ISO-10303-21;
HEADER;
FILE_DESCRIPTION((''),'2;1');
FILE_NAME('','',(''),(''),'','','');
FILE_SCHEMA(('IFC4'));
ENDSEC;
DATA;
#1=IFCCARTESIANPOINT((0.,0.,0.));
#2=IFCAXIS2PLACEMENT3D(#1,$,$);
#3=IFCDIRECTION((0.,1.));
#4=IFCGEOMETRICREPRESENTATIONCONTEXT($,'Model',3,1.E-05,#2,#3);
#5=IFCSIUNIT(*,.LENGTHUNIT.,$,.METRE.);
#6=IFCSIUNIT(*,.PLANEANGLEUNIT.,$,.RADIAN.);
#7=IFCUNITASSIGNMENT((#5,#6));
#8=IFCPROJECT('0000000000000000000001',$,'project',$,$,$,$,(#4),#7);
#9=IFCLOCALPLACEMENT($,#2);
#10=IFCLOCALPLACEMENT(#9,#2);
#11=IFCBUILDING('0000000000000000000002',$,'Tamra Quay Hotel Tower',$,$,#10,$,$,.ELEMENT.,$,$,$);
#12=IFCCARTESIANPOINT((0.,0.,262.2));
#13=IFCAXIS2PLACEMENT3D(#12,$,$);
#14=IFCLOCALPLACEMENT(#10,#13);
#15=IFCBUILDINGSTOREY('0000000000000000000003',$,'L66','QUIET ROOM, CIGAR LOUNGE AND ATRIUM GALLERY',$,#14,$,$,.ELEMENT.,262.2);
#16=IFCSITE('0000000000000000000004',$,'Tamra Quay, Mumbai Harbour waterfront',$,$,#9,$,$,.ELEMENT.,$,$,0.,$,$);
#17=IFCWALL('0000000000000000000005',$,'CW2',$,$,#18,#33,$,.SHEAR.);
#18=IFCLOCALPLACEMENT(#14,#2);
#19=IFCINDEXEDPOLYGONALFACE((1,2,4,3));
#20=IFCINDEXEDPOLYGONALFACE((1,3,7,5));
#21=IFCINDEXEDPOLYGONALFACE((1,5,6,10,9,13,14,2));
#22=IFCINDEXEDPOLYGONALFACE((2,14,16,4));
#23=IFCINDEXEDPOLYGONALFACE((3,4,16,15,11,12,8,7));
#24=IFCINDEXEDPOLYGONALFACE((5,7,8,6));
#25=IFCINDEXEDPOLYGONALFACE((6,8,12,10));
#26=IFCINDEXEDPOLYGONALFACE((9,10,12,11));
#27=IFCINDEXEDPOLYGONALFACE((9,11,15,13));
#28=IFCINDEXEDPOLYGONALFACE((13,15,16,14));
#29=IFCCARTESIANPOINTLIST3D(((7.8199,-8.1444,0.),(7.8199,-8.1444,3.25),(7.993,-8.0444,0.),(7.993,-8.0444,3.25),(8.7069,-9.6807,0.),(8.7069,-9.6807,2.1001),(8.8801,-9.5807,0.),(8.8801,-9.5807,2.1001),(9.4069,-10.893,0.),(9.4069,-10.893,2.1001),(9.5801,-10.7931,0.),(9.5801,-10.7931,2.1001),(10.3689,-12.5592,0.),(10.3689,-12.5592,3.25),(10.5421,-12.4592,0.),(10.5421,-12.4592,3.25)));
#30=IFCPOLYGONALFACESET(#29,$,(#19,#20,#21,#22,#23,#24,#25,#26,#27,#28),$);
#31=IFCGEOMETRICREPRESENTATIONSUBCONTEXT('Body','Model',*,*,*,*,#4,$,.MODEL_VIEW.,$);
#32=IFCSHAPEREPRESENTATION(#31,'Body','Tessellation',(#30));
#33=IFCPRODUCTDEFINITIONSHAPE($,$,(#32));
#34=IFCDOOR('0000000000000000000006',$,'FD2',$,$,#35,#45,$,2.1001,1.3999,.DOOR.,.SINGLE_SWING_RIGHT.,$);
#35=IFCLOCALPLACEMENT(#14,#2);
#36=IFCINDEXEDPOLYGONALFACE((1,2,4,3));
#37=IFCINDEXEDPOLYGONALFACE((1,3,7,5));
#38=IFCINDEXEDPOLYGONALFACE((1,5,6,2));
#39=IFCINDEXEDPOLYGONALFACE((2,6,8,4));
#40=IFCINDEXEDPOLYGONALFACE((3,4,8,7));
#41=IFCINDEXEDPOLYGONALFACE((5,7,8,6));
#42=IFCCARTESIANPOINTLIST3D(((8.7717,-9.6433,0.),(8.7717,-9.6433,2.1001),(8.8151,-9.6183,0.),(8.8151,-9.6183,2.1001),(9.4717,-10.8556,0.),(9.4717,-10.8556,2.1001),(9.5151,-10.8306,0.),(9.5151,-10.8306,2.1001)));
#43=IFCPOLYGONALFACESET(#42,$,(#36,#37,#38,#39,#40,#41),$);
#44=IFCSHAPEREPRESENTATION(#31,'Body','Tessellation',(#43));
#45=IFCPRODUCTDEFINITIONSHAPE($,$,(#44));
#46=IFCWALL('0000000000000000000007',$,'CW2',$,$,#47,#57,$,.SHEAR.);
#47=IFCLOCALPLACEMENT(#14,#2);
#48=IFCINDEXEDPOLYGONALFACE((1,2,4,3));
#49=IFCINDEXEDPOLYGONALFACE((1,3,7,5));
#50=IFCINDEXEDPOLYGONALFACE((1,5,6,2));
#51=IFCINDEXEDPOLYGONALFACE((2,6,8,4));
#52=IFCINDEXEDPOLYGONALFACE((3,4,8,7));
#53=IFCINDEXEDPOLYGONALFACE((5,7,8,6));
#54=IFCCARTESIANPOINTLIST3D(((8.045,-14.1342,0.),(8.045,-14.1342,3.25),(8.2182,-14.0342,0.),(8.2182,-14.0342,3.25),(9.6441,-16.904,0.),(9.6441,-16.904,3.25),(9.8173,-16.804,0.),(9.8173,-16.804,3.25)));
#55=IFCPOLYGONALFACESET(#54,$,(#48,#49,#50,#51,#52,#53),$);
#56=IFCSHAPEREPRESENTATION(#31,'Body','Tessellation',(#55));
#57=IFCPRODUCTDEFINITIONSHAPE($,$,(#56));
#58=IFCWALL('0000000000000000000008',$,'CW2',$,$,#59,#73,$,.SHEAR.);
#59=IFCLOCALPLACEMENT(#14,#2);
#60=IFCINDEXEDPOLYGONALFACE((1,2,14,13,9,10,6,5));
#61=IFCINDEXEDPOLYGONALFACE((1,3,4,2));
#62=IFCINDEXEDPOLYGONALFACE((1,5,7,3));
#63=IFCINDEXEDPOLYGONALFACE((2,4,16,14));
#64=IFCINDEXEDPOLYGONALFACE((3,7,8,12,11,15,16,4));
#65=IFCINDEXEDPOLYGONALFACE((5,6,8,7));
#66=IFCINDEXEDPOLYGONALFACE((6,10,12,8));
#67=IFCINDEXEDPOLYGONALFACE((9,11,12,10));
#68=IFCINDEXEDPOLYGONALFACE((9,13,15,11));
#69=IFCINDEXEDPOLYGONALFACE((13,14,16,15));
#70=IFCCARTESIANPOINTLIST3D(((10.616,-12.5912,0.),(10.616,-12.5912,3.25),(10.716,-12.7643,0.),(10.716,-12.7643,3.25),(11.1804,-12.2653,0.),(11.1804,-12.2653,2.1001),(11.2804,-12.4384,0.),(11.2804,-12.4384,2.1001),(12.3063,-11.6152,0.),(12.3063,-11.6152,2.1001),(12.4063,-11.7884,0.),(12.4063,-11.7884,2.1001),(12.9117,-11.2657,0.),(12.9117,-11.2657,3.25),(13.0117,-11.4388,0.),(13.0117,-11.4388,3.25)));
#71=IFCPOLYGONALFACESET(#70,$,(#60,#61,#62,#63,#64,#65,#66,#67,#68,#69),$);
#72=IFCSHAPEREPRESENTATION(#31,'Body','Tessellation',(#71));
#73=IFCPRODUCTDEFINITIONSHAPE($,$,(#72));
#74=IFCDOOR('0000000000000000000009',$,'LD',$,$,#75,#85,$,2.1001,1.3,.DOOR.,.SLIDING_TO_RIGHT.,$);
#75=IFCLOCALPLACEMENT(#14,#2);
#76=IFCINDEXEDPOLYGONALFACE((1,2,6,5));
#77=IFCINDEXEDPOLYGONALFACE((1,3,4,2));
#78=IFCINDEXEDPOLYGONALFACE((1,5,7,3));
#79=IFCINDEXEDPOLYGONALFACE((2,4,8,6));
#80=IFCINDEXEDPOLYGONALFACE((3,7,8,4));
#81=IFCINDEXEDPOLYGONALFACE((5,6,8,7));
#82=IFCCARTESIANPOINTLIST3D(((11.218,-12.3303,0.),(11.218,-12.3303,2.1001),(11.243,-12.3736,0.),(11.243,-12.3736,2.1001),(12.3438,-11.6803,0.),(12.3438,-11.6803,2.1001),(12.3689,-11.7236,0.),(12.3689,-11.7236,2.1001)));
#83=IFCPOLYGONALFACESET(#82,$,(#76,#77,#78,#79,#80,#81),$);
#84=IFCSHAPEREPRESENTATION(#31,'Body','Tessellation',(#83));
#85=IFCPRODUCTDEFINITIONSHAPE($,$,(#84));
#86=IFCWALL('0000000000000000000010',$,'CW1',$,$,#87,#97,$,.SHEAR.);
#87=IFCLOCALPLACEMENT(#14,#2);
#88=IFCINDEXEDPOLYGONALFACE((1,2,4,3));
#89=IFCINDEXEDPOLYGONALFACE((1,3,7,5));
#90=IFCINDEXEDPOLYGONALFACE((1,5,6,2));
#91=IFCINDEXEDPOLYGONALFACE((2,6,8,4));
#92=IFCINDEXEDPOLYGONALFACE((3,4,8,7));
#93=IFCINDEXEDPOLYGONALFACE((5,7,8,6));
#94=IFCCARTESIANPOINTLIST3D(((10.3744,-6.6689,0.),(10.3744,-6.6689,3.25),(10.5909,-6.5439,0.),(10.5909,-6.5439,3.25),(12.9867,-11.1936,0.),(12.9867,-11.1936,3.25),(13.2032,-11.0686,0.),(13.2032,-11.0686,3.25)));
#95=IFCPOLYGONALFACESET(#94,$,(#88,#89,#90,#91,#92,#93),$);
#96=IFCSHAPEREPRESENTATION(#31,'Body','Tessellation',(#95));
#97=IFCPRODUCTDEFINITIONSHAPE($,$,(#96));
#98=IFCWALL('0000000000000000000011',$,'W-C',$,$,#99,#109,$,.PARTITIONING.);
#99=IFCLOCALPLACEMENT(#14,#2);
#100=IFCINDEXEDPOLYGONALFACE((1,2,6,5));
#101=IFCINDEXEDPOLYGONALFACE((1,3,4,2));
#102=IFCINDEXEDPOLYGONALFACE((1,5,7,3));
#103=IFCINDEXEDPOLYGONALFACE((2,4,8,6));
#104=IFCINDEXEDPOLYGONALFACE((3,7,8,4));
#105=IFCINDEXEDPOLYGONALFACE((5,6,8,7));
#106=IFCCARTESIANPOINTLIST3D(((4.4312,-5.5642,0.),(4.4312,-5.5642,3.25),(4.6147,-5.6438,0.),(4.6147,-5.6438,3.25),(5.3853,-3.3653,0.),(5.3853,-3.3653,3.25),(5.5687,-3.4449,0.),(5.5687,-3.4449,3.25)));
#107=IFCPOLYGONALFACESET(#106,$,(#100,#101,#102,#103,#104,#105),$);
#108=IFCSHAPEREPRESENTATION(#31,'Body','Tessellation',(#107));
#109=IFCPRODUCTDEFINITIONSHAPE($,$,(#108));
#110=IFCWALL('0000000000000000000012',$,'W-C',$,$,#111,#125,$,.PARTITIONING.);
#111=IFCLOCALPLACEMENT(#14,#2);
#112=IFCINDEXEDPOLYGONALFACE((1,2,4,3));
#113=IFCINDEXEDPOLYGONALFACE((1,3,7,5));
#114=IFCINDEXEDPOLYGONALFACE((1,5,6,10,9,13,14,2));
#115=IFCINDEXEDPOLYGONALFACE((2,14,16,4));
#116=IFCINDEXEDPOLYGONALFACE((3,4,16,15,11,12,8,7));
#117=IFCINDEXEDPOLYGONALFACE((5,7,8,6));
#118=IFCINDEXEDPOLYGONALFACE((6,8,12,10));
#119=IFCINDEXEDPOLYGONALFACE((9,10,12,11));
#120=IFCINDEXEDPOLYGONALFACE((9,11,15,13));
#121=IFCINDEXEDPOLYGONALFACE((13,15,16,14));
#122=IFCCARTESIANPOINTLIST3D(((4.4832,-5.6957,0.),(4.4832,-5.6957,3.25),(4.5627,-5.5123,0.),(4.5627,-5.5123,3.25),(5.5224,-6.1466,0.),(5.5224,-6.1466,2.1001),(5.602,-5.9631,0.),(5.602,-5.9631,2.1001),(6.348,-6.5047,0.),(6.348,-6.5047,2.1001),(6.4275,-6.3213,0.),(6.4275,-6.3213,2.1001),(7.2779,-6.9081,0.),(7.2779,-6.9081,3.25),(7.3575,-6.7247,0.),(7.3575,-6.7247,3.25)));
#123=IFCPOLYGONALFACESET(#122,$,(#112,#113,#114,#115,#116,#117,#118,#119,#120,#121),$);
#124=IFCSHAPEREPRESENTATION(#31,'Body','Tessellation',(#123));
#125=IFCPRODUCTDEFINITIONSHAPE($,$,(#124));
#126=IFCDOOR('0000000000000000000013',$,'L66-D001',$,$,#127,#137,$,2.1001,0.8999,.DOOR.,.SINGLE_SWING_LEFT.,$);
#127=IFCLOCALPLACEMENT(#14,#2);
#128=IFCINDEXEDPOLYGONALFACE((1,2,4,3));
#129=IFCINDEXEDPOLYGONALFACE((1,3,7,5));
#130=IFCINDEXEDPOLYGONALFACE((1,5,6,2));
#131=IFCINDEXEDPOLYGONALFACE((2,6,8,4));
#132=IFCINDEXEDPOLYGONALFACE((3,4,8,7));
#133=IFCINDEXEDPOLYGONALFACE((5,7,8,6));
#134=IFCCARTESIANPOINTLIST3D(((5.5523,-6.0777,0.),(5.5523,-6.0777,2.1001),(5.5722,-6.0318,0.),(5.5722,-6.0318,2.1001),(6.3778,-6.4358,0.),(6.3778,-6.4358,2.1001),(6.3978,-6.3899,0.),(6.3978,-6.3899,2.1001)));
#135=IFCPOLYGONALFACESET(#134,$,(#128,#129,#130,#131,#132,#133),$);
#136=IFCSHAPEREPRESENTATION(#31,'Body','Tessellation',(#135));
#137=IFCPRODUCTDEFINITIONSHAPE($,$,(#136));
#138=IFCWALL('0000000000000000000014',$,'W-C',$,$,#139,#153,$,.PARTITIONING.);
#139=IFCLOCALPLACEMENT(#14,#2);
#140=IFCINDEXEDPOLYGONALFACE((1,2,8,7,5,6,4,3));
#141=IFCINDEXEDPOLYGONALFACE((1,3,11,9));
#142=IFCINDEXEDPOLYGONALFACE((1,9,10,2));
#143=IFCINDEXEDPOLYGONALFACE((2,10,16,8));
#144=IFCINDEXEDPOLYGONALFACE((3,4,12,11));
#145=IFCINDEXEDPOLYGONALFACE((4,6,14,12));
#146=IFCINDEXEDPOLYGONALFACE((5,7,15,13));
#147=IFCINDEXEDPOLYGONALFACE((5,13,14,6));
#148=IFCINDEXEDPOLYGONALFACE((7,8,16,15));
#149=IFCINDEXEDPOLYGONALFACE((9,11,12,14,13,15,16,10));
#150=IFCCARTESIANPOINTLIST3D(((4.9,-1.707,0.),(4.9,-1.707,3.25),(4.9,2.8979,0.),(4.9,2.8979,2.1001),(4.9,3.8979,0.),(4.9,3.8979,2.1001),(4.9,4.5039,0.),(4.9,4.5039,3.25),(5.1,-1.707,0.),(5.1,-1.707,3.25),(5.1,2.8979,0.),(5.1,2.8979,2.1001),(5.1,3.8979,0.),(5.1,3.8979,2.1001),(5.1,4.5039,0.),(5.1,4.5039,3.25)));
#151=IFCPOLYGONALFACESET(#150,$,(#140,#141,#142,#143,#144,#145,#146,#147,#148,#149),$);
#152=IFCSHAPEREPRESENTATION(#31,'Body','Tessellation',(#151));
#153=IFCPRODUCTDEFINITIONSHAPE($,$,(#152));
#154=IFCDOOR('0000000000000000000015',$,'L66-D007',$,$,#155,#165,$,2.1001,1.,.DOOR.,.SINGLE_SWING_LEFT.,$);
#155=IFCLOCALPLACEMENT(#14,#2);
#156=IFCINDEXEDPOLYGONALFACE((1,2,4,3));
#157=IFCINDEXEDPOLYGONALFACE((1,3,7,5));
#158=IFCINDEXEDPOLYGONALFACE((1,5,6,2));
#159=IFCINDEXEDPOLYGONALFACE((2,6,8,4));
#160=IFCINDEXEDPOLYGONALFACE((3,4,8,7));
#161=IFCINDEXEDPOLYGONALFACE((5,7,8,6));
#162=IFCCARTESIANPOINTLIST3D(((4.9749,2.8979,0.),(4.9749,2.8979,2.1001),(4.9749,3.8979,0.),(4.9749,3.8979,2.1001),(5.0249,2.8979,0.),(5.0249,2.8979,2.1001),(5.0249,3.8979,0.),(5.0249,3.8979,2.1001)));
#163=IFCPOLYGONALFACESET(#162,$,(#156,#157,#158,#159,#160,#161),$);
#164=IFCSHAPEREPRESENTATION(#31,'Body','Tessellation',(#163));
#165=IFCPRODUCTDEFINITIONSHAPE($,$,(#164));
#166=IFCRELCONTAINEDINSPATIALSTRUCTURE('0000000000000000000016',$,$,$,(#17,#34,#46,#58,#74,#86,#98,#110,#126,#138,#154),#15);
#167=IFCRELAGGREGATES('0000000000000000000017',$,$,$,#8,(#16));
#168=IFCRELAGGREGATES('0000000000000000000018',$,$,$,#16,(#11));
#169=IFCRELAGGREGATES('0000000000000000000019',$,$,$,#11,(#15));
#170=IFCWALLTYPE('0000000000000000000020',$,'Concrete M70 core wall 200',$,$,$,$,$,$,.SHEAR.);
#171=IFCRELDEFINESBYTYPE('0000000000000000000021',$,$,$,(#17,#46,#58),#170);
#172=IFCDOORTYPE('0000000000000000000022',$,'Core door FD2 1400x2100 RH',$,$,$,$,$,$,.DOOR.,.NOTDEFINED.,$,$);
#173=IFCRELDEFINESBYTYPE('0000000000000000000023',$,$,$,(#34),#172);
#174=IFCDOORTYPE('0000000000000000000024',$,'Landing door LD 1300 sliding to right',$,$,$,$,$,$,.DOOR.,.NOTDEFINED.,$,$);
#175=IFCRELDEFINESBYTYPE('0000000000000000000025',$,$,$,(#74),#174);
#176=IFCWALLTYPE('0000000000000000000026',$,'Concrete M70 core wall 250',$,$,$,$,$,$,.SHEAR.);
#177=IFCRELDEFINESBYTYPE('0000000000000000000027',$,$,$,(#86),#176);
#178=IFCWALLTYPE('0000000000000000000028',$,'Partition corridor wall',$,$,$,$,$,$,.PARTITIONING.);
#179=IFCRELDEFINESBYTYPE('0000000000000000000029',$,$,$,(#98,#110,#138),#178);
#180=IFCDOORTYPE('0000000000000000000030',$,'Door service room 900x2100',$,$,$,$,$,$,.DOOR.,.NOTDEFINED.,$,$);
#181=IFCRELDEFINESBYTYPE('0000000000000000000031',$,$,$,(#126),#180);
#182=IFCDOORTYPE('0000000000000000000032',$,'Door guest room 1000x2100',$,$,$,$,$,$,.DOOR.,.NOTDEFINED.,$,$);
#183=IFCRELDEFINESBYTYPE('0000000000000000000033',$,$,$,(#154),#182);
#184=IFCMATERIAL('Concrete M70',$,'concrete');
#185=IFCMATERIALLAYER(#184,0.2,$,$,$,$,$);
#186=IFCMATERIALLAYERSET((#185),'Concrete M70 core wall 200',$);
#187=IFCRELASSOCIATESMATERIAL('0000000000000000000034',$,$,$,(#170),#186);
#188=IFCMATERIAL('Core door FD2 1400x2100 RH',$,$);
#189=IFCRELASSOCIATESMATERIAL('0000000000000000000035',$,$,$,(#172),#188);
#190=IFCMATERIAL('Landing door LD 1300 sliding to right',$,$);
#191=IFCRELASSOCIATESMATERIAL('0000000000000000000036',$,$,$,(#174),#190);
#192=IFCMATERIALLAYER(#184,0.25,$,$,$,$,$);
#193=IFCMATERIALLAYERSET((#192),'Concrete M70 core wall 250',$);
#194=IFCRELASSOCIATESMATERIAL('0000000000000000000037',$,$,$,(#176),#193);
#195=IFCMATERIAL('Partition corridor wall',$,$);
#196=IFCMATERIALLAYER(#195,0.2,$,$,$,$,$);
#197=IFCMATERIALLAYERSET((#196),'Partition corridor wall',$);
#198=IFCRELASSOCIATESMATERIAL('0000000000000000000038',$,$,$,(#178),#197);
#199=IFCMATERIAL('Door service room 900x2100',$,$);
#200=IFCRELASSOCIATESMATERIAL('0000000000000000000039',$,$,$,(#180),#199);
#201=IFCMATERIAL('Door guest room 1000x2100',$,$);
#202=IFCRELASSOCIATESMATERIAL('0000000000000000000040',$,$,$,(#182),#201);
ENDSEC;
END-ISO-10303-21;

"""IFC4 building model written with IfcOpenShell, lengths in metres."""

from ifc_helpers import new_model, si_unit, direction, frame, frame_2d, origin, place, context, subcontext, project, spatial, rectangle, extrude, material, layer, layer_set, type_object, element, fill, save


model = new_model("IFC4")

# Units and contexts
model_context = context("Model", 3, precision=1e-05, world=origin(), true_north=direction((0.0, 1.0)))
body_context = subcontext(model_context, "Body", "Model", "MODEL_VIEW")
ifc_project = project(units=[si_unit("LENGTHUNIT", "METRE"), si_unit("PLANEANGLEUNIT", "RADIAN")], contexts=[model_context])

# Site, building, storey
site_placement = place(None, origin())
site = spatial("IfcSite", under=ifc_project, at=site_placement, Name="Tamra Quay, Mumbai Harbour waterfront", CompositionType="ELEMENT", RefElevation=0.0)
building_placement = place(site_placement, origin())
building = spatial("IfcBuilding", under=site, at=building_placement, Name="Tamra Quay Hotel Tower", CompositionType="ELEMENT")
storey_placement = place(building_placement, frame((0.0, 0.0, 262.2)))
storey = spatial("IfcBuildingStorey", under=building, at=storey_placement, Name="L66", Description="QUIET ROOM, CIGAR LOUNGE AND ATRIUM GALLERY", CompositionType="ELEMENT", Elevation=262.2)

# Wall, opening, door
ifc_material_1 = material(Name="Concrete M70", Category="concrete")
ifc_layer_1 = layer(ifc_material_1, 0.2)
ifc_layer_set_1 = layer_set([ifc_layer_1], Name="Concrete M70 core wall 200")
wall_type_1 = type_object("IfcWallType", Name="Concrete M70 core wall 200", PredefinedType="SHEAR", material=ifc_layer_set_1)
wall_1_placement = place(storey_placement, frame((7.9065, -8.0945, 0.0), z_axis=(0.0, 0.0, 1.0), x_axis=(0.500028, -0.866009, 0.0)))
wall_1 = element("IfcWall", 1, at=wall_1_placement, inside=storey, type_object=wall_type_1, Name="CW2", PredefinedType="SHEAR", context=body_context, shape_type="SweptSolid", body=[
    extrude(rectangle(XDim=5.0979, YDim=0.2, at=frame_2d((2.5488, 0.0))), origin(), (0.0, 0.0, 1.0), 3.25),
])
opening_1_placement = place(wall_1_placement, frame((1.7739, 0.0, 0.0)))
opening_1 = element("IfcOpeningElement", 2, at=opening_1_placement, cuts=wall_1, PredefinedType="OPENING", context=body_context, shape_type="SweptSolid", body=[
    extrude(rectangle(XDim=1.3999, YDim=2.1001, at=frame_2d((0.7, 1.05))), frame((0.0, 0.1099, 0.0), z_axis=(0.0, -1.0, 0.0), x_axis=(1.0, 0.0, 0.0)), (0.0, 0.0, 1.0), 0.22),
])
ifc_material_2 = material(Name="Core door FD2 1400x2100 RH")
door_type_1 = type_object("IfcDoorType", Name="Core door FD2 1400x2100 RH", OperationType="NOTDEFINED", PredefinedType="DOOR", material=ifc_material_2)
door_1_placement = place(opening_1_placement, origin())
door_1 = element("IfcDoor", 3, at=door_1_placement, inside=storey, type_object=door_type_1, Name="FD2", OperationType="SINGLE_SWING_RIGHT", OverallHeight=2.1001, OverallWidth=1.3999, PredefinedType="DOOR", context=body_context, shape_type="SweptSolid", body=[
    extrude(rectangle(XDim=1.3999, YDim=2.1001, at=frame_2d((0.7, 1.05))), frame((0.0, 0.0249, 0.0), z_axis=(0.0, -1.0, 0.0), x_axis=(1.0, 0.0, 0.0)), (0.0, 0.0, 1.0), 0.05),
])
fill(opening_1, door_1)

# Wall
wall_2_placement = place(storey_placement, frame((8.1316, -14.0842, 0.0), z_axis=(0.0, 0.0, 1.0), x_axis=(0.499998, -0.866027, 0.0)))
element("IfcWall", 4, at=wall_2_placement, inside=storey, type_object=wall_type_1, Name="CW2", PredefinedType="SHEAR", context=body_context, shape_type="SweptSolid", body=[
    extrude(rectangle(XDim=3.1982, YDim=0.2, at=frame_2d((1.5991, 0.0))), origin(), (0.0, 0.0, 1.0), 3.25),
])

# Wall, opening, door
wall_3_placement = place(storey_placement, frame((10.666, -12.6777, 0.0), z_axis=(0.0, 0.0, 1.0), x_axis=(0.866018, 0.500012, 0.0)))
wall_3 = element("IfcWall", 5, at=wall_3_placement, inside=storey, type_object=wall_type_1, Name="CW2", PredefinedType="SHEAR", context=body_context, shape_type="SweptSolid", body=[
    extrude(rectangle(XDim=2.6509, YDim=0.2, at=frame_2d((1.3254, 0.0))), origin(), (0.0, 0.0, 1.0), 3.25),
])
opening_2_placement = place(wall_3_placement, frame((0.6519, 0.0, 0.0)))
opening_2 = element("IfcOpeningElement", 6, at=opening_2_placement, cuts=wall_3, PredefinedType="OPENING", context=body_context, shape_type="SweptSolid", body=[
    extrude(rectangle(XDim=1.3, YDim=2.1001, at=frame_2d((0.6499, 1.05))), frame((0.0, 0.1099, 0.0), z_axis=(0.0, -1.0, 0.0), x_axis=(1.0, 0.0, 0.0)), (0.0, 0.0, 1.0), 0.22),
])
ifc_material_3 = material(Name="Landing door LD 1300 sliding to right")
door_type_2 = type_object("IfcDoorType", Name="Landing door LD 1300 sliding to right", OperationType="NOTDEFINED", PredefinedType="DOOR", material=ifc_material_3)
door_2_placement = place(opening_2_placement, origin())
door_2 = element("IfcDoor", 7, at=door_2_placement, inside=storey, type_object=door_type_2, Name="LD", OperationType="SLIDING_TO_RIGHT", OverallHeight=2.1001, OverallWidth=1.3, PredefinedType="DOOR", context=body_context, shape_type="SweptSolid", body=[
    extrude(rectangle(XDim=1.3, YDim=2.1001, at=frame_2d((0.6499, 1.05))), frame((0.0, 0.0249, 0.0), z_axis=(0.0, -1.0, 0.0), x_axis=(1.0, 0.0, 0.0)), (0.0, 0.0, 1.0), 0.05),
])
fill(opening_2, door_2)

# Walls
ifc_layer_2 = layer(ifc_material_1, 0.25)
ifc_layer_set_2 = layer_set([ifc_layer_2], Name="Concrete M70 core wall 250")
wall_type_2 = type_object("IfcWallType", Name="Concrete M70 core wall 250", PredefinedType="SHEAR", material=ifc_layer_set_2)
wall_4_placement = place(storey_placement, frame((10.4827, -6.6064, 0.0), z_axis=(0.0, 0.0, 1.0), x_axis=(0.499999, -0.866026, 0.0)))
element("IfcWall", 8, at=wall_4_placement, inside=storey, type_object=wall_type_2, Name="CW1", PredefinedType="SHEAR", context=body_context, shape_type="SweptSolid", body=[
    extrude(rectangle(XDim=5.2246, YDim=0.25, at=frame_2d((2.6123, 0.0))), origin(), (0.0, 0.0, 1.0), 3.25),
])
ifc_material_4 = material(Name="Partition corridor wall")
ifc_layer_3 = layer(ifc_material_4, 0.2)
ifc_layer_set_3 = layer_set([ifc_layer_3], Name="Partition corridor wall")
wall_type_3 = type_object("IfcWallType", Name="Partition corridor wall", PredefinedType="PARTITIONING", material=ifc_layer_set_3)
wall_5_placement = place(storey_placement, frame((4.5229, -5.604, 0.0), z_axis=(0.0, 0.0, 1.0), x_axis=(0.398033, 0.917371, 0.0)))
element("IfcWall", 9, at=wall_5_placement, inside=storey, type_object=wall_type_3, Name="W-C", PredefinedType="PARTITIONING", context=body_context, shape_type="SweptSolid", body=[
    extrude(rectangle(XDim=2.397, YDim=0.2, at=frame_2d((1.1985, 0.0))), origin(), (0.0, 0.0, 1.0), 3.25),
])

# Walls, openings, doors
wall_6_placement = place(storey_placement, frame((4.5229, -5.604, 0.0), z_axis=(0.0, 0.0, 1.0), x_axis=(0.917391, -0.397987, 0.0)))
wall_6 = element("IfcWall", 10, at=wall_6_placement, inside=storey, type_object=wall_type_3, Name="W-C", PredefinedType="PARTITIONING", context=body_context, shape_type="SweptSolid", body=[
    extrude(rectangle(XDim=3.0464, YDim=0.2, at=frame_2d((1.5232, 0.0))), origin(), (0.0, 0.0, 1.0), 3.25),
])
opening_3_placement = place(wall_6_placement, frame((1.1328, 0.0, 0.0)))
opening_3 = element("IfcOpeningElement", 11, at=opening_3_placement, cuts=wall_6, PredefinedType="OPENING", context=body_context, shape_type="SweptSolid", body=[
    extrude(rectangle(XDim=0.8999, YDim=2.1001, at=frame_2d((0.45, 1.05))), frame((0.0, 0.1099, 0.0), z_axis=(0.0, -1.0, 0.0), x_axis=(1.0, 0.0, 0.0)), (0.0, 0.0, 1.0), 0.22),
])
ifc_material_5 = material(Name="Door service room 900x2100")
door_type_3 = type_object("IfcDoorType", Name="Door service room 900x2100", OperationType="NOTDEFINED", PredefinedType="DOOR", material=ifc_material_5)
door_3_placement = place(opening_3_placement, frame((0.8999, 0.0, 0.0), z_axis=(0.0, 0.0, 1.0), x_axis=(-1.0, 0.0, 0.0)))
door_3 = element("IfcDoor", 12, at=door_3_placement, inside=storey, type_object=door_type_3, Name="L66-D001", OperationType="SINGLE_SWING_LEFT", OverallHeight=2.1001, OverallWidth=0.8999, PredefinedType="DOOR", context=body_context, shape_type="SweptSolid", body=[
    extrude(rectangle(XDim=0.8999, YDim=2.1001, at=frame_2d((0.45, 1.05))), frame((0.0, 0.0249, 0.0), z_axis=(0.0, -1.0, 0.0), x_axis=(1.0, 0.0, 0.0)), (0.0, 0.0, 1.0), 0.05),
])
fill(opening_3, door_3)
wall_7_placement = place(storey_placement, frame((5.0, -1.707, 0.0), z_axis=(0.0, 0.0, 1.0), x_axis=(0.0, 1.0, 0.0)))
wall_7 = element("IfcWall", 13, at=wall_7_placement, inside=storey, type_object=wall_type_3, Name="W-C", PredefinedType="PARTITIONING", context=body_context, shape_type="SweptSolid", body=[
    extrude(rectangle(XDim=6.2109, YDim=0.2, at=frame_2d((3.1055, 0.0))), origin(), (0.0, 0.0, 1.0), 3.25),
])
opening_4_placement = place(wall_7_placement, frame((4.605, 0.0, 0.0)))
opening_4 = element("IfcOpeningElement", 14, at=opening_4_placement, cuts=wall_7, PredefinedType="OPENING", context=body_context, shape_type="SweptSolid", body=[
    extrude(rectangle(XDim=1.0, YDim=2.1001, at=frame_2d((0.5, 1.05))), frame((0.0, 0.1099, 0.0), z_axis=(0.0, -1.0, 0.0), x_axis=(1.0, 0.0, 0.0)), (0.0, 0.0, 1.0), 0.22),
])
ifc_material_6 = material(Name="Door guest room 1000x2100")
door_type_4 = type_object("IfcDoorType", Name="Door guest room 1000x2100", OperationType="NOTDEFINED", PredefinedType="DOOR", material=ifc_material_6)
door_4_placement = place(opening_4_placement, frame((1.0, 0.0, 0.0), z_axis=(0.0, 0.0, 1.0), x_axis=(-1.0, 0.0, 0.0)))
door_4 = element("IfcDoor", 15, at=door_4_placement, inside=storey, type_object=door_type_4, Name="L66-D007", OperationType="SINGLE_SWING_LEFT", OverallHeight=2.1001, OverallWidth=1.0, PredefinedType="DOOR", context=body_context, shape_type="SweptSolid", body=[
    extrude(rectangle(XDim=1.0, YDim=2.1001, at=frame_2d((0.5, 1.05))), frame((0.0, 0.0249, 0.0), z_axis=(0.0, -1.0, 0.0), x_axis=(1.0, 0.0, 0.0)), (0.0, 0.0, 1.0), 0.05),
])
fill(opening_4, door_4)

save(model, "model.ifc")
